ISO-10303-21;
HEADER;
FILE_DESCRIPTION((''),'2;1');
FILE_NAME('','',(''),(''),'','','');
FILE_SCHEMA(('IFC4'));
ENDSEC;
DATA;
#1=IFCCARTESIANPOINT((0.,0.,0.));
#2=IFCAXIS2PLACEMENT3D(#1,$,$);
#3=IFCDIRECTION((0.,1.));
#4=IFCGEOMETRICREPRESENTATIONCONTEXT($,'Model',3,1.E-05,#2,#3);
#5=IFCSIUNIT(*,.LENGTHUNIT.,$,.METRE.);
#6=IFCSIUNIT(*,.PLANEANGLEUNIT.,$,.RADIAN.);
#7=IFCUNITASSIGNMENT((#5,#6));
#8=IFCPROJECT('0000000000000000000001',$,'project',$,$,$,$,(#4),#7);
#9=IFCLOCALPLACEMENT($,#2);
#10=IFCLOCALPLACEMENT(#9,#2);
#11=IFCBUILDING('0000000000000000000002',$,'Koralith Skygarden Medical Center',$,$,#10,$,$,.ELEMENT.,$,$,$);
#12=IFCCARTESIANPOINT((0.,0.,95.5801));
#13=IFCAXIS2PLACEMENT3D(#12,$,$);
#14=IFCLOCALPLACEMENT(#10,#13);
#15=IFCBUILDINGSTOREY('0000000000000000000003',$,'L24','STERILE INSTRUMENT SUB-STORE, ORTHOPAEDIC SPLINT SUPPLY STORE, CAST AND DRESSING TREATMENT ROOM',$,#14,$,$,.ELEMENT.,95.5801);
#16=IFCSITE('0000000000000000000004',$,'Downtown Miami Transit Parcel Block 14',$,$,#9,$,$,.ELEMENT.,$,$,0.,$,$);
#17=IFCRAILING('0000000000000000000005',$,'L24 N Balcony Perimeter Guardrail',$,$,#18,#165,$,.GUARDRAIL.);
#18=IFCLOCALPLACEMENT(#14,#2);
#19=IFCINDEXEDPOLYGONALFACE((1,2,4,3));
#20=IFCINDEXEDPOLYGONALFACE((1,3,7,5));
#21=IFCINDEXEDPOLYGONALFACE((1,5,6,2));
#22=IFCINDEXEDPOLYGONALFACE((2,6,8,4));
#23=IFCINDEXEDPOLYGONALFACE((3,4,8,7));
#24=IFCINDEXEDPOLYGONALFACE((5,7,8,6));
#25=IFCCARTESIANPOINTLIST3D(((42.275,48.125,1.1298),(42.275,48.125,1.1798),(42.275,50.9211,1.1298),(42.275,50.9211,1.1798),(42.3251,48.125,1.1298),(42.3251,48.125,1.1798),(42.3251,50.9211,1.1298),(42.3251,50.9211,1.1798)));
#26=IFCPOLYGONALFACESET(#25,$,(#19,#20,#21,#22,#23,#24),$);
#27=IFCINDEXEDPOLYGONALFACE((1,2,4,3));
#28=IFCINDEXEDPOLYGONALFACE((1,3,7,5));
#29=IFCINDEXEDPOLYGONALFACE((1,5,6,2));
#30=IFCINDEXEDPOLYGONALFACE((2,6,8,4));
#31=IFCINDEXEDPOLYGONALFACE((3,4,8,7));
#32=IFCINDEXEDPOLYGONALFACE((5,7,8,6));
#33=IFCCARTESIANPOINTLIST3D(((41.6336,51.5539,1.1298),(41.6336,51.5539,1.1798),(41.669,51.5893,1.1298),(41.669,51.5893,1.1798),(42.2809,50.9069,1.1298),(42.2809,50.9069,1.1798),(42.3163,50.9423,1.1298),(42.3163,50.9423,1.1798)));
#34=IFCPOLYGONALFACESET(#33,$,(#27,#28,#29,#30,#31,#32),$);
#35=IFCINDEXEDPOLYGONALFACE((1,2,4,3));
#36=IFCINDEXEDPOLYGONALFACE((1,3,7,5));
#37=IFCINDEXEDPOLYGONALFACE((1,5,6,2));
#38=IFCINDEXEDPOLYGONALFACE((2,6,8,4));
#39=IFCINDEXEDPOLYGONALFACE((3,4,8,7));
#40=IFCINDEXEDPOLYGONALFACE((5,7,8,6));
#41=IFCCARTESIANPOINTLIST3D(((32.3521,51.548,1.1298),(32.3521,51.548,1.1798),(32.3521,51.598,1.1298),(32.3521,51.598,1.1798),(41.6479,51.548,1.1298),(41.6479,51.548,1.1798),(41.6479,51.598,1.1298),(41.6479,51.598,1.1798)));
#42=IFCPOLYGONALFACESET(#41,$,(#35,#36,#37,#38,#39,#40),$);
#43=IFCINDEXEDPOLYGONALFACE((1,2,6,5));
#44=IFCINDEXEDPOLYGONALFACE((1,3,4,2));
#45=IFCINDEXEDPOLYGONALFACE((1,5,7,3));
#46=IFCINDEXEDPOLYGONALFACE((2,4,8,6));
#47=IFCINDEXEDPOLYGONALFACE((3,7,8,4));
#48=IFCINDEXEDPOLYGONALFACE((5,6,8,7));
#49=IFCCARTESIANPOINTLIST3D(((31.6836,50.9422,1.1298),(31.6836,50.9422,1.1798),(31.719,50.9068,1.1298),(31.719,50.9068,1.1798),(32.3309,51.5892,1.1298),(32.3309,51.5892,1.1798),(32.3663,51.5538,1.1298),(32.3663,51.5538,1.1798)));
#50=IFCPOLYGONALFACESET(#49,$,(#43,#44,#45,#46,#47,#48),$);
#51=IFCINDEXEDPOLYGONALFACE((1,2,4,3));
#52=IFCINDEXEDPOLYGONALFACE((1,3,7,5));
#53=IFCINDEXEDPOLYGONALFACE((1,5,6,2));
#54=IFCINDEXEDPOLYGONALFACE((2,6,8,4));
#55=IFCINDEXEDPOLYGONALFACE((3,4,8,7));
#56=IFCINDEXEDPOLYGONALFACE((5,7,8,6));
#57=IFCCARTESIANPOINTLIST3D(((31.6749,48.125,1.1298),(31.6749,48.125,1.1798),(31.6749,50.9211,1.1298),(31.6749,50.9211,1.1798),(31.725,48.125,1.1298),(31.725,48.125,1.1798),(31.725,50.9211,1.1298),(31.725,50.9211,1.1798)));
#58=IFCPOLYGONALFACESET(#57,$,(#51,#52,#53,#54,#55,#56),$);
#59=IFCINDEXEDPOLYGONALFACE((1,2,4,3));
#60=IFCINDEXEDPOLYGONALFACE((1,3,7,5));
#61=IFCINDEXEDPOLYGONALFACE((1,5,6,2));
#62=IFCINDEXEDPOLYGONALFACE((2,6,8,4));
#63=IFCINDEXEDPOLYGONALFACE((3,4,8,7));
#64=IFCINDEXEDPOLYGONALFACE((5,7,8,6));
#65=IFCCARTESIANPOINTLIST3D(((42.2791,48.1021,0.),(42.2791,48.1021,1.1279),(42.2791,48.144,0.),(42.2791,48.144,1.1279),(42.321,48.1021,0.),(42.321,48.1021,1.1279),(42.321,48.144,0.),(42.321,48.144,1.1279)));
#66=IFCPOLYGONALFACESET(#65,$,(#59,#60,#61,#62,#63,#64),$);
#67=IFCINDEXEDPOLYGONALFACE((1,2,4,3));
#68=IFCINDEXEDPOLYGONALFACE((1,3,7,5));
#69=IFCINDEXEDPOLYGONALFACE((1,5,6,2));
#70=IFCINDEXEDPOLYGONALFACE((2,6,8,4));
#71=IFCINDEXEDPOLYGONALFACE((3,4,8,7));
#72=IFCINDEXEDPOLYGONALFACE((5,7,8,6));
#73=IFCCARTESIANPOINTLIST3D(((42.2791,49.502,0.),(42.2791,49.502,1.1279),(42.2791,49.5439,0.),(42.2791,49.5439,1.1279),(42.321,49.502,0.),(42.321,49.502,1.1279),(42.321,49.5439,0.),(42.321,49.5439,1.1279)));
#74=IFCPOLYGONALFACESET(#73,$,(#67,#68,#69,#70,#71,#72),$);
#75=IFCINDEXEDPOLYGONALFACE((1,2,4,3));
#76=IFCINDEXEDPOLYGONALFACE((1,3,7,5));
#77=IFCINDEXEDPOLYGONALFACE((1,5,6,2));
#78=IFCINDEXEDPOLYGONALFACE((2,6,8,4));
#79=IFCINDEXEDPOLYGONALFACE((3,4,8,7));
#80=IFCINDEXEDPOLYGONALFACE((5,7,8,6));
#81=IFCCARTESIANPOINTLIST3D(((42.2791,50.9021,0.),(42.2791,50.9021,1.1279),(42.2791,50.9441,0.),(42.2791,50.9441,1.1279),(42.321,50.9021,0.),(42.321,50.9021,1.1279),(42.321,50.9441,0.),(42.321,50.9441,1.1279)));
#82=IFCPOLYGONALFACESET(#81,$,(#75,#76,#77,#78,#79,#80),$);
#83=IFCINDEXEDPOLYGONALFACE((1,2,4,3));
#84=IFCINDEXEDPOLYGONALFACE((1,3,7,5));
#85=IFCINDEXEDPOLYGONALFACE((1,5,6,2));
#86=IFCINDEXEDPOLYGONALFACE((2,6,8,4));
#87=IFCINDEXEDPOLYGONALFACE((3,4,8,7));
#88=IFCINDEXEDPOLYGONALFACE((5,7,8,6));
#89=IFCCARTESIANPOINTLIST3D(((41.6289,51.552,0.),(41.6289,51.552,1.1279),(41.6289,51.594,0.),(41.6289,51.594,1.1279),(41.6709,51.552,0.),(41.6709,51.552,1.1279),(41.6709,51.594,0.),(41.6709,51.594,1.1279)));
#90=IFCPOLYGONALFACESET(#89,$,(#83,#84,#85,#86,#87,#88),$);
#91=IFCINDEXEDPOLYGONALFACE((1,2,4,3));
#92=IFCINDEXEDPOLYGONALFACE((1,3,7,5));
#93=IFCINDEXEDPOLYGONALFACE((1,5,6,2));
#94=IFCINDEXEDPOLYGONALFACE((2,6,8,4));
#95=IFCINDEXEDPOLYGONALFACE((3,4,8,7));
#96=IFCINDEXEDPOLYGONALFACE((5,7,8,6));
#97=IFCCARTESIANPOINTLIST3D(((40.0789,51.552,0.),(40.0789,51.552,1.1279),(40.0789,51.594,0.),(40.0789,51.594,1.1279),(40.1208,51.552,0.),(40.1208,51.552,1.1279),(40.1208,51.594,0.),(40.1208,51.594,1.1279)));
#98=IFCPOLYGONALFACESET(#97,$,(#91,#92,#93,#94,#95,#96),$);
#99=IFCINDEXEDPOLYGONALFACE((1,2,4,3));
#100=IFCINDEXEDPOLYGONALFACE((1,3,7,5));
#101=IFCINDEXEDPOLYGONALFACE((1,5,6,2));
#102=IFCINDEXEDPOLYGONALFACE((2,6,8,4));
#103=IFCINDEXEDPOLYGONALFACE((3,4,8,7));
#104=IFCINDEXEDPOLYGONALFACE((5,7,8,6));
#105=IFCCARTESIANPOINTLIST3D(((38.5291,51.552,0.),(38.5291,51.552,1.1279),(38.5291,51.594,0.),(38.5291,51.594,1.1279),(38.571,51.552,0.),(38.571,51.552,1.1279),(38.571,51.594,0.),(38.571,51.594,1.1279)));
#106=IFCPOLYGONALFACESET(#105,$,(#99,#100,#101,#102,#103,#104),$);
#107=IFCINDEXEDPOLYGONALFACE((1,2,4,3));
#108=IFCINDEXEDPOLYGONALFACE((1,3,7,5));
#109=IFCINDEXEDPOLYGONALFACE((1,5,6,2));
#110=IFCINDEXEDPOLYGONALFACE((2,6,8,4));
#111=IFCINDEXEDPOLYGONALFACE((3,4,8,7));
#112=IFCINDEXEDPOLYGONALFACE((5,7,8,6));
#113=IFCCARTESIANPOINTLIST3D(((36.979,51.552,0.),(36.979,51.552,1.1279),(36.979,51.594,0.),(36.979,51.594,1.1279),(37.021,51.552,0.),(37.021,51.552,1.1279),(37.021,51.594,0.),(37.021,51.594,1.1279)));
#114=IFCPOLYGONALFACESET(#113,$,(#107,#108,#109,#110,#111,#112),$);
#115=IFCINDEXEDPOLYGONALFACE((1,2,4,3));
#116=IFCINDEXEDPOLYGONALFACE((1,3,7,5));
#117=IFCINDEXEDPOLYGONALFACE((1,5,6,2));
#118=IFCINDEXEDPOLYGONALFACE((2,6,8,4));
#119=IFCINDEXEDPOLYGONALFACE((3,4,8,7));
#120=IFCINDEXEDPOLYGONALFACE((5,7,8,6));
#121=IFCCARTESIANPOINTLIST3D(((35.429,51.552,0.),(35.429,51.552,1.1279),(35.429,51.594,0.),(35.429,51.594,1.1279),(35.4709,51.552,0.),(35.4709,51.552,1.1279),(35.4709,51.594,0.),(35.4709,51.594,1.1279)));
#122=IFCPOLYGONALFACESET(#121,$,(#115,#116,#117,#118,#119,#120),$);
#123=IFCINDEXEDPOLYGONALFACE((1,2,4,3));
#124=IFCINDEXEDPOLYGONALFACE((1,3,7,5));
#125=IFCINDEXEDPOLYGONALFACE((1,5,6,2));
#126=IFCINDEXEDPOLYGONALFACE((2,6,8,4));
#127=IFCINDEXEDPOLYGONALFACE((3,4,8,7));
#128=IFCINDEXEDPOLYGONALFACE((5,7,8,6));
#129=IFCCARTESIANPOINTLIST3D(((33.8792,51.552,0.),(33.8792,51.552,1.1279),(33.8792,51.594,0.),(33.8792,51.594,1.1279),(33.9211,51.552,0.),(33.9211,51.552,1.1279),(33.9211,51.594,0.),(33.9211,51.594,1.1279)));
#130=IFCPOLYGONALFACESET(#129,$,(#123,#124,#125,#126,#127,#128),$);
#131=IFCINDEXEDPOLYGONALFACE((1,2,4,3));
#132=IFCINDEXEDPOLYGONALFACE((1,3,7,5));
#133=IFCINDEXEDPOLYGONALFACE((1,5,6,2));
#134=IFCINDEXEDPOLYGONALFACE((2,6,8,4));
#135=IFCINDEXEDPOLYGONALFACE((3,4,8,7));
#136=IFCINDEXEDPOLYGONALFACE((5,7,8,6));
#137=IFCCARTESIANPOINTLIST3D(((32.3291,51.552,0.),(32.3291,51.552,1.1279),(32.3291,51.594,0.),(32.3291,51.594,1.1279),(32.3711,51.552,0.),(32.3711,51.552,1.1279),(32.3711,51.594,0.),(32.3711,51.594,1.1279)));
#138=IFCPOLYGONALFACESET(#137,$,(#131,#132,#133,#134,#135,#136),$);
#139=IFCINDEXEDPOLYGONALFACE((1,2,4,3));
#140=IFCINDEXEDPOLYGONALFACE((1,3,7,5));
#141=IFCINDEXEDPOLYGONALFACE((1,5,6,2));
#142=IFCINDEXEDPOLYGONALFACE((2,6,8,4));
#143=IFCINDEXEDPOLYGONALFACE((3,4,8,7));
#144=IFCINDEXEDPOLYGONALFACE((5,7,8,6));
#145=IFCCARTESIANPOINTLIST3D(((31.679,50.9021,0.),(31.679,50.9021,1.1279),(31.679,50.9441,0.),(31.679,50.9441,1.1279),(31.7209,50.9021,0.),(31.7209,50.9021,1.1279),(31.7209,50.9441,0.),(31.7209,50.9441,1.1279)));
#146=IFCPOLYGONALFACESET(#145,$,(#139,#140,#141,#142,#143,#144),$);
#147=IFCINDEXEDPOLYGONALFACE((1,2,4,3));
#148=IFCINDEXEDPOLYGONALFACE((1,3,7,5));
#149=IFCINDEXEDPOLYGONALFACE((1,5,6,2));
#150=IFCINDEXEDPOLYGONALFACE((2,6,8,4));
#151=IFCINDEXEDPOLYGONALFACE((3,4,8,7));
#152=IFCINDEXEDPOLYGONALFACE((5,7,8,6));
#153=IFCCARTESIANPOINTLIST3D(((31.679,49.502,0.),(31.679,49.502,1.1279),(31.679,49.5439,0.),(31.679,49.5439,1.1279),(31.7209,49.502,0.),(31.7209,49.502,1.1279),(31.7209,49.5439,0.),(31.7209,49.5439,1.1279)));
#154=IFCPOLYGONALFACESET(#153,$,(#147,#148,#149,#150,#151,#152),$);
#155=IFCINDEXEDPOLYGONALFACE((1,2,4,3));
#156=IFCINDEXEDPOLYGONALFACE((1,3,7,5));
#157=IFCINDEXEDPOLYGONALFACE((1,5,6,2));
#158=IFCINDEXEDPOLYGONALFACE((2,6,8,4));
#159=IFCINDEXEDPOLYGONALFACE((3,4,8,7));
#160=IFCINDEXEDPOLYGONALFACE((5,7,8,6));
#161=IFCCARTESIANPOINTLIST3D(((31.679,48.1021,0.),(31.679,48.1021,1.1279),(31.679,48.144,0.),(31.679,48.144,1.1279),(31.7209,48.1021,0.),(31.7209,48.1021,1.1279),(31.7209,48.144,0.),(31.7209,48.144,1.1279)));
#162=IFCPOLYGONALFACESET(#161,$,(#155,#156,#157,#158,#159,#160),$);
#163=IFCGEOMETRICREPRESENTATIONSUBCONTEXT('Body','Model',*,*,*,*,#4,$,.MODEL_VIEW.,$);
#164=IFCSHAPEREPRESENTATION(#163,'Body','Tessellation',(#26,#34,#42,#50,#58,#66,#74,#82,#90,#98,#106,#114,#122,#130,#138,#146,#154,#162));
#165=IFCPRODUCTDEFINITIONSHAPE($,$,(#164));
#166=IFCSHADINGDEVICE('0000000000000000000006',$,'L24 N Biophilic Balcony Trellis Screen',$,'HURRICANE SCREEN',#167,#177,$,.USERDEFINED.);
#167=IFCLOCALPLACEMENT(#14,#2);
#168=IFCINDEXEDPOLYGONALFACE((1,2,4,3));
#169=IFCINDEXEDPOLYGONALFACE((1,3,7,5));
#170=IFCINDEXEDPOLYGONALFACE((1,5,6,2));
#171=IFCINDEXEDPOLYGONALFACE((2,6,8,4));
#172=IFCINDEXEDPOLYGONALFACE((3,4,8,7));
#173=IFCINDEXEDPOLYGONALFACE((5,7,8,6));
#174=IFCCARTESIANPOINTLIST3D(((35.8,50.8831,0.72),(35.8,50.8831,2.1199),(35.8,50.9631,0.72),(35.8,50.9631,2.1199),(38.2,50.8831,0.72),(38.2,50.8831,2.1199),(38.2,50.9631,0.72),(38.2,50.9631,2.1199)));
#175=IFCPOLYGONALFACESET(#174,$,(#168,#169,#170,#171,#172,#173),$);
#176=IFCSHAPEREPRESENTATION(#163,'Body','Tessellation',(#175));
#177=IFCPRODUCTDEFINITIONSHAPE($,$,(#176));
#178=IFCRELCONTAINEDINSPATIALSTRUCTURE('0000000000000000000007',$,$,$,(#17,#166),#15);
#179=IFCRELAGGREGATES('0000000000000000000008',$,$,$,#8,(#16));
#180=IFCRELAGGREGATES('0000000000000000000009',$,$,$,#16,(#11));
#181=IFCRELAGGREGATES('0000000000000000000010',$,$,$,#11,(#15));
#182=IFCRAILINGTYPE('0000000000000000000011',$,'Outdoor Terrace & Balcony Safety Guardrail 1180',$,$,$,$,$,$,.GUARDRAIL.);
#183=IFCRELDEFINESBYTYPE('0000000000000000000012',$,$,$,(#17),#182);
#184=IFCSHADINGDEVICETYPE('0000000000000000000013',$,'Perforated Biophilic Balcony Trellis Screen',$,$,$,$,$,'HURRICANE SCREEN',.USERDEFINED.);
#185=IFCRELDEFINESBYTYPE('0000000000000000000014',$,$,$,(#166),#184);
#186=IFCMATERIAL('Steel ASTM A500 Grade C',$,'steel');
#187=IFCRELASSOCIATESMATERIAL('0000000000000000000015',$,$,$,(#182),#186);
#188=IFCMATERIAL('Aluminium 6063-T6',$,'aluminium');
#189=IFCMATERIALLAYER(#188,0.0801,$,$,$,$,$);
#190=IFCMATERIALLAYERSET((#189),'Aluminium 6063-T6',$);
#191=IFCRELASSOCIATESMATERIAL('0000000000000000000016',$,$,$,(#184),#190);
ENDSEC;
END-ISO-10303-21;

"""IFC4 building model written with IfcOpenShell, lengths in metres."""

from ifc_helpers import new_model, si_unit, direction, frame, origin, origin_2d, place, context, subcontext, project, spatial, rectangle, extrude, material, layer, layer_set, type_object, element, save


model = new_model("IFC4")

# Units and contexts
model_context = context("Model", 3, precision=1e-05, world=origin(), true_north=direction((0.0, 1.0)))
body_context = subcontext(model_context, "Body", "Model", "MODEL_VIEW")
ifc_project = project(units=[si_unit("LENGTHUNIT", "METRE"), si_unit("PLANEANGLEUNIT", "RADIAN")], contexts=[model_context])

# Site, building, storey
site_placement = place(None, origin())
site = spatial("IfcSite", under=ifc_project, at=site_placement, Name="Downtown Miami Transit Parcel Block 14", CompositionType="ELEMENT", RefElevation=0.0)
building_placement = place(site_placement, origin())
building = spatial("IfcBuilding", under=site, at=building_placement, Name="Koralith Skygarden Medical Center", CompositionType="ELEMENT")
storey_placement = place(building_placement, frame((0.0, 0.0, 95.5801)))
storey = spatial("IfcBuildingStorey", under=building, at=storey_placement, Name="L24", Description="STERILE INSTRUMENT SUB-STORE, ORTHOPAEDIC SPLINT SUPPLY STORE, CAST AND DRESSING TREATMENT ROOM", CompositionType="ELEMENT", Elevation=95.5801)

# Shared definitions
ifc_material_1 = material(Name="Aluminium 6063-T6", Category="aluminium")

# Shared definitions
ifc_material_2 = material(Name="Steel ASTM A500 Grade C", Category="steel")

# Railing
railing_type = type_object("IfcRailingType", Name="Outdoor Terrace & Balcony Safety Guardrail 1180", PredefinedType="GUARDRAIL", material=ifc_material_2)
railing_placement = place(storey_placement, frame((42.3, 48.123, 0.0)))
element("IfcRailing", 1, at=railing_placement, inside=storey, type_object=railing_type, Name="L24 N Balcony Perimeter Guardrail", PredefinedType="GUARDRAIL", context=body_context, shape_type="SweptSolid", body=[
    extrude(rectangle(XDim=0.05, YDim=0.05, at=origin_2d()), frame((0.0, 0.002, 1.1548), z_axis=(0.0, 1.0, 0.0), x_axis=(-1.0, 0.0, 0.0)), (0.0, 0.0, 1.0), 2.7961),
    extrude(rectangle(XDim=0.05, YDim=0.05, at=origin_2d()), frame((-0.0015, 2.8015, 1.1548), z_axis=(-0.70724, 0.706974, 0.0), x_axis=(-0.706974, -0.70724, 0.0)), (0.0, 0.0, 1.0), 0.9153),
    extrude(rectangle(XDim=0.05, YDim=0.05, at=origin_2d()), frame((-0.6521, 3.45, 1.1548), z_axis=(-1.0, 0.0, 0.0), x_axis=(0.0, -1.0, 0.0)), (0.0, 0.0, 1.0), 9.2959),
    extrude(rectangle(XDim=0.05, YDim=0.05, at=origin_2d()), frame((-9.9514, 3.4485, 1.1548), z_axis=(-0.70724, -0.706974, 0.0), x_axis=(0.706974, -0.70724, 0.0)), (0.0, 0.0, 1.0), 0.9153),
    extrude(rectangle(XDim=0.05, YDim=0.05, at=origin_2d()), frame((-10.6001, 2.7981, 1.1548), z_axis=(0.0, -1.0, 0.0), x_axis=(1.0, 0.0, 0.0)), (0.0, 0.0, 1.0), 2.7961),
    extrude(rectangle(XDim=0.042, YDim=0.042, at=origin_2d()), origin(), (0.0, 0.0, 1.0), 1.1279),
    extrude(rectangle(XDim=0.042, YDim=0.042, at=origin_2d()), frame((0.0, 1.3999, 0.0)), (0.0, 0.0, 1.0), 1.1279),
    extrude(rectangle(XDim=0.042, YDim=0.042, at=origin_2d()), frame((0.0, 2.8, 0.0)), (0.0, 0.0, 1.0), 1.1279),
    extrude(rectangle(XDim=0.042, YDim=0.042, at=origin_2d()), frame((-0.6501, 3.45, 0.0)), (0.0, 0.0, 1.0), 1.1279),
    extrude(rectangle(XDim=0.042, YDim=0.042, at=origin_2d()), frame((-2.2002, 3.45, 0.0)), (0.0, 0.0, 1.0), 1.1279),
    extrude(rectangle(XDim=0.042, YDim=0.042, at=origin_2d()), frame((-3.75, 3.45, 0.0)), (0.0, 0.0, 1.0), 1.1279),
    extrude(rectangle(XDim=0.042, YDim=0.042, at=origin_2d()), frame((-5.3, 3.45, 0.0)), (0.0, 0.0, 1.0), 1.1279),
    extrude(rectangle(XDim=0.042, YDim=0.042, at=origin_2d()), frame((-6.8501, 3.45, 0.0)), (0.0, 0.0, 1.0), 1.1279),
    extrude(rectangle(XDim=0.042, YDim=0.042, at=origin_2d()), frame((-8.3999, 3.45, 0.0)), (0.0, 0.0, 1.0), 1.1279),
    extrude(rectangle(XDim=0.042, YDim=0.042, at=origin_2d()), frame((-9.95, 3.45, 0.0)), (0.0, 0.0, 1.0), 1.1279),
    extrude(rectangle(XDim=0.042, YDim=0.042, at=origin_2d()), frame((-10.6001, 2.8, 0.0)), (0.0, 0.0, 1.0), 1.1279),
    extrude(rectangle(XDim=0.042, YDim=0.042, at=origin_2d()), frame((-10.6001, 1.3999, 0.0)), (0.0, 0.0, 1.0), 1.1279),
    extrude(rectangle(XDim=0.042, YDim=0.042, at=origin_2d()), frame((-10.6001, 0.0, 0.0)), (0.0, 0.0, 1.0), 1.1279),
])

# Shading device
ifc_layer_1 = layer(ifc_material_1, 0.0801)
ifc_layer_set_1 = layer_set([ifc_layer_1], Name="Aluminium 6063-T6")
shading_device_type = type_object("IfcShadingDeviceType", Name="Perforated Biophilic Balcony Trellis Screen", ElementType="HURRICANE SCREEN", PredefinedType="USERDEFINED", material=ifc_layer_set_1)
shading_device_placement = place(storey_placement, frame((37.0, 50.9231, 0.72), z_axis=(0.0, 0.0, 1.0), x_axis=(1.0, 0.0, 0.0)))
element("IfcShadingDevice", 2, at=shading_device_placement, inside=storey, type_object=shading_device_type, Name="L24 N Biophilic Balcony Trellis Screen", ObjectType="HURRICANE SCREEN", PredefinedType="USERDEFINED", context=body_context, shape_type="SweptSolid", body=[
    extrude(rectangle(XDim=2.3999, YDim=0.0801, at=origin_2d()), origin(), (0.0, 0.0, 1.0), 1.3999),
])

save(model, "model.ifc")
